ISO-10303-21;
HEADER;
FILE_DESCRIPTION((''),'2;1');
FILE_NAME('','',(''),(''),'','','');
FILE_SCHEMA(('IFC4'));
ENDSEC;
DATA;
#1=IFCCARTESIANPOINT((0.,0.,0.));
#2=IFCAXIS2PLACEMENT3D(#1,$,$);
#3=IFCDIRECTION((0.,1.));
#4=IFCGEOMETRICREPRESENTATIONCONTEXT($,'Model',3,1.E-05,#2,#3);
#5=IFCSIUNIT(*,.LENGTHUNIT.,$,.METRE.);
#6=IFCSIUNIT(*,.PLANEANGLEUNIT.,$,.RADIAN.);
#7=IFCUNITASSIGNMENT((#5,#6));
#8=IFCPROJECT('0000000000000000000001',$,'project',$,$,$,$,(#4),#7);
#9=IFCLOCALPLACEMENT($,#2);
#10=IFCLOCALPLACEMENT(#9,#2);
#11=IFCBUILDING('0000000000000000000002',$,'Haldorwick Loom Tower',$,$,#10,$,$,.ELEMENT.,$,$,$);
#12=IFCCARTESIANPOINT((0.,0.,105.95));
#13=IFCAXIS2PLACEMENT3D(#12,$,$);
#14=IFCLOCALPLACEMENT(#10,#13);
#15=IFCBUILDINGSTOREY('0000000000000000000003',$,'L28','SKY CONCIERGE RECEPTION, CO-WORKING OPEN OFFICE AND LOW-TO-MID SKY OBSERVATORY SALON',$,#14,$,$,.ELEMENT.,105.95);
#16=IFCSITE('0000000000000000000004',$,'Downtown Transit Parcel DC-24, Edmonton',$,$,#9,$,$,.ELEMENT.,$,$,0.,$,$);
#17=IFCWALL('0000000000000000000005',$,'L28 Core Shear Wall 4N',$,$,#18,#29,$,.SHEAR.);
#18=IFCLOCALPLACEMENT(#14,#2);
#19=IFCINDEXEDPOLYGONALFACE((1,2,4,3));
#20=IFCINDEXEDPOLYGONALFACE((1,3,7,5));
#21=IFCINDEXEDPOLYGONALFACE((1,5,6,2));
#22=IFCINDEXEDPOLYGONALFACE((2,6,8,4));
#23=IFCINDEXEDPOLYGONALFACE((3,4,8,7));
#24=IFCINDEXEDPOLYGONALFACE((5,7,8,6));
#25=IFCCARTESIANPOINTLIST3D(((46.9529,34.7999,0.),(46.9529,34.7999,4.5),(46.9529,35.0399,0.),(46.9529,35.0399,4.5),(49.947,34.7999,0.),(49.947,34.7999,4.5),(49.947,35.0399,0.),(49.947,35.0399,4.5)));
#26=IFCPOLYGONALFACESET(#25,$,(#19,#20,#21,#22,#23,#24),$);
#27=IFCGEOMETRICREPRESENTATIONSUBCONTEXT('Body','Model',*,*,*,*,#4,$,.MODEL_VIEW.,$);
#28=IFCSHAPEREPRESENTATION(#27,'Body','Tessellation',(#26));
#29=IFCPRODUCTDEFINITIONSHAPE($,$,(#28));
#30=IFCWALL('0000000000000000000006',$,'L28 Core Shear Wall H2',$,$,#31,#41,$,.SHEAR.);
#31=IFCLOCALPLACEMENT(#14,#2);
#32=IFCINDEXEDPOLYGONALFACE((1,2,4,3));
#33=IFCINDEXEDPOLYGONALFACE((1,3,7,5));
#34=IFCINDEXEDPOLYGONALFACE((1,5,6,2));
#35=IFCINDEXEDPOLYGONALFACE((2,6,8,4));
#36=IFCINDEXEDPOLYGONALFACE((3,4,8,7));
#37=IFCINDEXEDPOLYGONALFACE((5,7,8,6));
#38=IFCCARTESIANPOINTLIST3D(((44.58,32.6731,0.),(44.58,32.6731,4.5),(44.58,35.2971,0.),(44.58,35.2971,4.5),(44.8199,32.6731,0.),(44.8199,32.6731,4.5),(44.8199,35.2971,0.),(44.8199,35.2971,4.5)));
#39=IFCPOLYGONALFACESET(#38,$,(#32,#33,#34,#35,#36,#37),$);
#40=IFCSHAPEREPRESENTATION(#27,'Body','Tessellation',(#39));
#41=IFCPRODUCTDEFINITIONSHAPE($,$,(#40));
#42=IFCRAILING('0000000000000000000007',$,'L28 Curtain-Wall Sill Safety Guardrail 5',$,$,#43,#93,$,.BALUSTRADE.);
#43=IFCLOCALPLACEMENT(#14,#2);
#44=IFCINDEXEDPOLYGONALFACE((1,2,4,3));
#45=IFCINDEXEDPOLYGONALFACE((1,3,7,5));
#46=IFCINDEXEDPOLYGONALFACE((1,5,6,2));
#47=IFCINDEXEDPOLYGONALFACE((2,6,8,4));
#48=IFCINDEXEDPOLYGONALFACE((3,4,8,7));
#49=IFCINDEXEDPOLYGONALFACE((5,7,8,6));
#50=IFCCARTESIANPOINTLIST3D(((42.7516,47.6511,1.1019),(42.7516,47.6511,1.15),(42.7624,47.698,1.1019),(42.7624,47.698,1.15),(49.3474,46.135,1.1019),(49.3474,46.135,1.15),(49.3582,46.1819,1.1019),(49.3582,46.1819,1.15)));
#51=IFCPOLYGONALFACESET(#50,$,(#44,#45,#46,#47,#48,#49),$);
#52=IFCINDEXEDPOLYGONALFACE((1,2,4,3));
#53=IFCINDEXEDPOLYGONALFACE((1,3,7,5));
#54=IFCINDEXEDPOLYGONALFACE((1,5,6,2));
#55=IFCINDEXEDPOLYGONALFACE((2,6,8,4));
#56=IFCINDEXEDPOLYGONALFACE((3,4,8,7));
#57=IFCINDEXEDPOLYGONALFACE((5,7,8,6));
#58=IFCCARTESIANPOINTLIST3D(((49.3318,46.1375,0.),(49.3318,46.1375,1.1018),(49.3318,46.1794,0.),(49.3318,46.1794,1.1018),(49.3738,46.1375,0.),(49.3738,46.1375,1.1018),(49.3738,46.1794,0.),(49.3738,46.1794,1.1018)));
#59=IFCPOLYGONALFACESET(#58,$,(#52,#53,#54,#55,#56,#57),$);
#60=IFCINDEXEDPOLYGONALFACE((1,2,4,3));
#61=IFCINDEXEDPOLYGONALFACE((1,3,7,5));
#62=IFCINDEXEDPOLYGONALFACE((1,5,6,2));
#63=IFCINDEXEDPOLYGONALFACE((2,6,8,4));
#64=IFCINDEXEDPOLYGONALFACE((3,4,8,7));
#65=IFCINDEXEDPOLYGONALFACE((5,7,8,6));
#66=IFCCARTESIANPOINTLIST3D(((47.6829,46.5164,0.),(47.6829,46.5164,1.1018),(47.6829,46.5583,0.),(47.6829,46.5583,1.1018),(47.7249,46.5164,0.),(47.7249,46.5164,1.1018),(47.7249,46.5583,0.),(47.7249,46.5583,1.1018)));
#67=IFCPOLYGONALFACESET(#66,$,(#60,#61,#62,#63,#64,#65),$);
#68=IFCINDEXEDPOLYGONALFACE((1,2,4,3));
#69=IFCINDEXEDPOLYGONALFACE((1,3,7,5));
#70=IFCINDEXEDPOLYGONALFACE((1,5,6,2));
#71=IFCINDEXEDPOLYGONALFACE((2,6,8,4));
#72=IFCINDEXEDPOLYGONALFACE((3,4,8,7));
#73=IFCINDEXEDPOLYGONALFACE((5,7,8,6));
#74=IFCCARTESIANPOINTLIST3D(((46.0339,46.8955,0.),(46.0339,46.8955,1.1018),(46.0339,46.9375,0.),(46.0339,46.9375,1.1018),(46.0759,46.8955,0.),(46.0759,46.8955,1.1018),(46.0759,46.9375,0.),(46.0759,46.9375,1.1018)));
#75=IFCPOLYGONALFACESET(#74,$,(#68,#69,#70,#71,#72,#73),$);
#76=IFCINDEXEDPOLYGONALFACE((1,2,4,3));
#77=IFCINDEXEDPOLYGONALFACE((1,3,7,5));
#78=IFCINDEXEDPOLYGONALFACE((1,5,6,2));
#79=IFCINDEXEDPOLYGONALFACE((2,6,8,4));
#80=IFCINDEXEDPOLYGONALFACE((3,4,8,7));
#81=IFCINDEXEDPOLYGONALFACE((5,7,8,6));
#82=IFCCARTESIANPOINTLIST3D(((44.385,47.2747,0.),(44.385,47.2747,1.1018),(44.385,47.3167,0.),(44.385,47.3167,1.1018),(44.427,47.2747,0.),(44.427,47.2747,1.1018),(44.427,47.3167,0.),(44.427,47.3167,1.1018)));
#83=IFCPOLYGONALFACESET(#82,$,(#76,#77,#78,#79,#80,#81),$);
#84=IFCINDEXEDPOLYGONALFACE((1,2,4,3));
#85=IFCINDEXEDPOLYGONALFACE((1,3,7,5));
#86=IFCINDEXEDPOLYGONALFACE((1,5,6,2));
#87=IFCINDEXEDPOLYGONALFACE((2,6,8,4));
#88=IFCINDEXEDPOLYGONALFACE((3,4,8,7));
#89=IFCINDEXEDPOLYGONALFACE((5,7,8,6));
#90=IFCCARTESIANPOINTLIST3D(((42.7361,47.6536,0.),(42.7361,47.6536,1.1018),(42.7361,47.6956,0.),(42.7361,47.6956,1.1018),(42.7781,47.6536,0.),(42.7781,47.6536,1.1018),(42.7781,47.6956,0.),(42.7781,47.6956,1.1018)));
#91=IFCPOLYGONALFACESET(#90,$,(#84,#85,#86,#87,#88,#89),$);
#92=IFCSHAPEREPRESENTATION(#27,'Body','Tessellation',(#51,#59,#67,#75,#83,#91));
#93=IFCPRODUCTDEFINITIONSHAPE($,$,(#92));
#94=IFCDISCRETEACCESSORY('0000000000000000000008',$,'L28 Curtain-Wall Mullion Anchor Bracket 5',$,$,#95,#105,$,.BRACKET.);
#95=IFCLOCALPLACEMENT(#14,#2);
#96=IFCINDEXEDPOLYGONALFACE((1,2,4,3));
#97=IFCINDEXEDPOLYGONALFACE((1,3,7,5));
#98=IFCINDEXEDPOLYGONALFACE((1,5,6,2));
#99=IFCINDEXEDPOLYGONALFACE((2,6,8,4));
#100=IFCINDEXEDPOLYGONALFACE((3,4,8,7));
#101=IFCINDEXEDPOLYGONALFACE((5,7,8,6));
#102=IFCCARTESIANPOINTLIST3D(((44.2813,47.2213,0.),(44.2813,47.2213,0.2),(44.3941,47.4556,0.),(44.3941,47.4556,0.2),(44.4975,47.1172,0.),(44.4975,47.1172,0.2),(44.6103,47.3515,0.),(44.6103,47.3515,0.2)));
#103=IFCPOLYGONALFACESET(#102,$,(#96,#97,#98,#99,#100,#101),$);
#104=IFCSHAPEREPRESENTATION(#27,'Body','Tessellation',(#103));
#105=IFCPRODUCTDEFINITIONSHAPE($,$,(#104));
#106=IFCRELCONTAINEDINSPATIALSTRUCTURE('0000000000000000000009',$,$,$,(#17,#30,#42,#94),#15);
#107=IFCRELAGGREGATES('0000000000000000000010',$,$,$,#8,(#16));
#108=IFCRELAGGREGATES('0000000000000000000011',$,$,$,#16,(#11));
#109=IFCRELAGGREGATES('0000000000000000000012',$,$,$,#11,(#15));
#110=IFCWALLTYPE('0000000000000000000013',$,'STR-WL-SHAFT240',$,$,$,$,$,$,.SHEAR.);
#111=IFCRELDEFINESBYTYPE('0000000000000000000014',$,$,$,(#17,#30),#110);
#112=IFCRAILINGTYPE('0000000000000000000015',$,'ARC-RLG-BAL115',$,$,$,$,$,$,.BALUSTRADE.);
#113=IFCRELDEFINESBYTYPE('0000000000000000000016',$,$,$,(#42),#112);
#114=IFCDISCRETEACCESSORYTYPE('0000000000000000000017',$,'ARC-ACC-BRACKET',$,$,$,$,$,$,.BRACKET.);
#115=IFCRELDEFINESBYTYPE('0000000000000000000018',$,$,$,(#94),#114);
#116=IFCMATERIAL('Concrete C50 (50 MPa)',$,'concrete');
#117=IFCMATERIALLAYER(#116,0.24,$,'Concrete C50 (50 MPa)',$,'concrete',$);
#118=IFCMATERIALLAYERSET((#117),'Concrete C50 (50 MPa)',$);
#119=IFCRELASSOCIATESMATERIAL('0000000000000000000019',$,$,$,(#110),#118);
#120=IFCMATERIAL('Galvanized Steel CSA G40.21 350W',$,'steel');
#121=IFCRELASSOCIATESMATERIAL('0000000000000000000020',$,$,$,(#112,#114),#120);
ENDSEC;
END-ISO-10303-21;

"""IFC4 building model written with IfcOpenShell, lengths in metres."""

from ifc_helpers import new_model, si_unit, direction, frame, frame_2d, origin, origin_2d, place, context, subcontext, project, spatial, rectangle, extrude, material, layer, layer_set, type_object, element, save


model = new_model("IFC4")

# Units and contexts
model_context = context("Model", 3, precision=1e-05, world=origin(), true_north=direction((0.0, 1.0)))
body_context = subcontext(model_context, "Body", "Model", "MODEL_VIEW")
ifc_project = project(units=[si_unit("LENGTHUNIT", "METRE"), si_unit("PLANEANGLEUNIT", "RADIAN")], contexts=[model_context])

# Site, building, storey
site_placement = place(None, origin())
site = spatial("IfcSite", under=ifc_project, at=site_placement, Name="Downtown Transit Parcel DC-24, Edmonton", CompositionType="ELEMENT", RefElevation=0.0)
building_placement = place(site_placement, origin())
building = spatial("IfcBuilding", under=site, at=building_placement, Name="Haldorwick Loom Tower", CompositionType="ELEMENT")
storey_placement = place(building_placement, frame((0.0, 0.0, 105.95)))
storey = spatial("IfcBuildingStorey", under=building, at=storey_placement, Name="L28", Description="SKY CONCIERGE RECEPTION, CO-WORKING OPEN OFFICE AND LOW-TO-MID SKY OBSERVATORY SALON", CompositionType="ELEMENT", Elevation=105.95)

# Walls
ifc_material_1 = material(Name="Concrete C50 (50 MPa)", Category="concrete")
ifc_layer_1 = layer(ifc_material_1, 0.24, Name="Concrete C50 (50 MPa)", Category="concrete")
ifc_layer_set_1 = layer_set([ifc_layer_1], Name="Concrete C50 (50 MPa)")
wall_type_1 = type_object("IfcWallType", Name="STR-WL-SHAFT240", PredefinedType="SHEAR", material=ifc_layer_set_1)
wall_1_placement = place(storey_placement, frame((46.9529, 34.9199, 0.0), z_axis=(0.0, 0.0, 1.0), x_axis=(1.0, 0.0, 0.0)))
element("IfcWall", 1, at=wall_1_placement, inside=storey, type_object=wall_type_1, Name="L28 Core Shear Wall 4N", PredefinedType="SHEAR", context=body_context, shape_type="SweptSolid", body=[
    extrude(rectangle(XDim=2.9941, YDim=0.24, at=frame_2d((1.4971, 0.0))), origin(), (0.0, 0.0, 1.0), 4.5),
])
wall_2_placement = place(storey_placement, frame((44.7, 32.6731, 0.0), z_axis=(0.0, 0.0, 1.0), x_axis=(0.0, 1.0, 0.0)))
element("IfcWall", 2, at=wall_2_placement, inside=storey, type_object=wall_type_1, Name="L28 Core Shear Wall H2", PredefinedType="SHEAR", context=body_context, shape_type="SweptSolid", body=[
    extrude(rectangle(XDim=2.624, YDim=0.24, at=frame_2d((1.312, 0.0))), origin(), (0.0, 0.0, 1.0), 4.5),
])

# Railing
ifc_material_2 = material(Name="Galvanized Steel CSA G40.21 350W", Category="steel")
railing_type = type_object("IfcRailingType", Name="ARC-RLG-BAL115", PredefinedType="BALUSTRADE", material=ifc_material_2)
railing_placement = place(storey_placement, frame((49.3528, 46.1584, 0.0)))
element("IfcRailing", 3, at=railing_placement, inside=storey, type_object=railing_type, Name="L28 Curtain-Wall Sill Safety Guardrail 5", PredefinedType="BALUSTRADE", context=body_context, shape_type="SweptSolid", body=[
    extrude(rectangle(XDim=0.0481, YDim=0.0481, at=origin_2d()), frame((0.0, 0.0, 1.126), z_axis=(-0.974584, 0.224022, 0.0), x_axis=(-0.224022, -0.974584, 0.0)), (0.0, 0.0, 1.0), 6.7678),
    extrude(rectangle(XDim=0.042, YDim=0.042, at=origin_2d()), origin(), (0.0, 0.0, 1.0), 1.1018),
    extrude(rectangle(XDim=0.042, YDim=0.042, at=origin_2d()), frame((-1.6489, 0.3789, 0.0)), (0.0, 0.0, 1.0), 1.1018),
    extrude(rectangle(XDim=0.042, YDim=0.042, at=origin_2d()), frame((-3.2979, 0.7581, 0.0)), (0.0, 0.0, 1.0), 1.1018),
    extrude(rectangle(XDim=0.042, YDim=0.042, at=origin_2d()), frame((-4.9468, 1.1372, 0.0)), (0.0, 0.0, 1.0), 1.1018),
    extrude(rectangle(XDim=0.042, YDim=0.042, at=origin_2d()), frame((-6.5957, 1.5161, 0.0)), (0.0, 0.0, 1.0), 1.1018),
])

# Discrete accessory
discrete_accessory_type = type_object("IfcDiscreteAccessoryType", Name="ARC-ACC-BRACKET", PredefinedType="BRACKET", material=ifc_material_2)
discrete_accessory_placement = place(storey_placement, frame((44.4458, 47.2864, 0.0), z_axis=(0.0, 0.0, 1.0), x_axis=(0.433659, 0.901077, 0.0)))
element("IfcDiscreteAccessory", 4, at=discrete_accessory_placement, inside=storey, type_object=discrete_accessory_type, Name="L28 Curtain-Wall Mullion Anchor Bracket 5", PredefinedType="BRACKET", context=body_context, shape_type="SweptSolid", body=[
    extrude(rectangle(XDim=0.26, YDim=0.24, at=origin_2d()), origin(), (0.0, 0.0, 1.0), 0.2),
])

save(model, "model.ifc")
